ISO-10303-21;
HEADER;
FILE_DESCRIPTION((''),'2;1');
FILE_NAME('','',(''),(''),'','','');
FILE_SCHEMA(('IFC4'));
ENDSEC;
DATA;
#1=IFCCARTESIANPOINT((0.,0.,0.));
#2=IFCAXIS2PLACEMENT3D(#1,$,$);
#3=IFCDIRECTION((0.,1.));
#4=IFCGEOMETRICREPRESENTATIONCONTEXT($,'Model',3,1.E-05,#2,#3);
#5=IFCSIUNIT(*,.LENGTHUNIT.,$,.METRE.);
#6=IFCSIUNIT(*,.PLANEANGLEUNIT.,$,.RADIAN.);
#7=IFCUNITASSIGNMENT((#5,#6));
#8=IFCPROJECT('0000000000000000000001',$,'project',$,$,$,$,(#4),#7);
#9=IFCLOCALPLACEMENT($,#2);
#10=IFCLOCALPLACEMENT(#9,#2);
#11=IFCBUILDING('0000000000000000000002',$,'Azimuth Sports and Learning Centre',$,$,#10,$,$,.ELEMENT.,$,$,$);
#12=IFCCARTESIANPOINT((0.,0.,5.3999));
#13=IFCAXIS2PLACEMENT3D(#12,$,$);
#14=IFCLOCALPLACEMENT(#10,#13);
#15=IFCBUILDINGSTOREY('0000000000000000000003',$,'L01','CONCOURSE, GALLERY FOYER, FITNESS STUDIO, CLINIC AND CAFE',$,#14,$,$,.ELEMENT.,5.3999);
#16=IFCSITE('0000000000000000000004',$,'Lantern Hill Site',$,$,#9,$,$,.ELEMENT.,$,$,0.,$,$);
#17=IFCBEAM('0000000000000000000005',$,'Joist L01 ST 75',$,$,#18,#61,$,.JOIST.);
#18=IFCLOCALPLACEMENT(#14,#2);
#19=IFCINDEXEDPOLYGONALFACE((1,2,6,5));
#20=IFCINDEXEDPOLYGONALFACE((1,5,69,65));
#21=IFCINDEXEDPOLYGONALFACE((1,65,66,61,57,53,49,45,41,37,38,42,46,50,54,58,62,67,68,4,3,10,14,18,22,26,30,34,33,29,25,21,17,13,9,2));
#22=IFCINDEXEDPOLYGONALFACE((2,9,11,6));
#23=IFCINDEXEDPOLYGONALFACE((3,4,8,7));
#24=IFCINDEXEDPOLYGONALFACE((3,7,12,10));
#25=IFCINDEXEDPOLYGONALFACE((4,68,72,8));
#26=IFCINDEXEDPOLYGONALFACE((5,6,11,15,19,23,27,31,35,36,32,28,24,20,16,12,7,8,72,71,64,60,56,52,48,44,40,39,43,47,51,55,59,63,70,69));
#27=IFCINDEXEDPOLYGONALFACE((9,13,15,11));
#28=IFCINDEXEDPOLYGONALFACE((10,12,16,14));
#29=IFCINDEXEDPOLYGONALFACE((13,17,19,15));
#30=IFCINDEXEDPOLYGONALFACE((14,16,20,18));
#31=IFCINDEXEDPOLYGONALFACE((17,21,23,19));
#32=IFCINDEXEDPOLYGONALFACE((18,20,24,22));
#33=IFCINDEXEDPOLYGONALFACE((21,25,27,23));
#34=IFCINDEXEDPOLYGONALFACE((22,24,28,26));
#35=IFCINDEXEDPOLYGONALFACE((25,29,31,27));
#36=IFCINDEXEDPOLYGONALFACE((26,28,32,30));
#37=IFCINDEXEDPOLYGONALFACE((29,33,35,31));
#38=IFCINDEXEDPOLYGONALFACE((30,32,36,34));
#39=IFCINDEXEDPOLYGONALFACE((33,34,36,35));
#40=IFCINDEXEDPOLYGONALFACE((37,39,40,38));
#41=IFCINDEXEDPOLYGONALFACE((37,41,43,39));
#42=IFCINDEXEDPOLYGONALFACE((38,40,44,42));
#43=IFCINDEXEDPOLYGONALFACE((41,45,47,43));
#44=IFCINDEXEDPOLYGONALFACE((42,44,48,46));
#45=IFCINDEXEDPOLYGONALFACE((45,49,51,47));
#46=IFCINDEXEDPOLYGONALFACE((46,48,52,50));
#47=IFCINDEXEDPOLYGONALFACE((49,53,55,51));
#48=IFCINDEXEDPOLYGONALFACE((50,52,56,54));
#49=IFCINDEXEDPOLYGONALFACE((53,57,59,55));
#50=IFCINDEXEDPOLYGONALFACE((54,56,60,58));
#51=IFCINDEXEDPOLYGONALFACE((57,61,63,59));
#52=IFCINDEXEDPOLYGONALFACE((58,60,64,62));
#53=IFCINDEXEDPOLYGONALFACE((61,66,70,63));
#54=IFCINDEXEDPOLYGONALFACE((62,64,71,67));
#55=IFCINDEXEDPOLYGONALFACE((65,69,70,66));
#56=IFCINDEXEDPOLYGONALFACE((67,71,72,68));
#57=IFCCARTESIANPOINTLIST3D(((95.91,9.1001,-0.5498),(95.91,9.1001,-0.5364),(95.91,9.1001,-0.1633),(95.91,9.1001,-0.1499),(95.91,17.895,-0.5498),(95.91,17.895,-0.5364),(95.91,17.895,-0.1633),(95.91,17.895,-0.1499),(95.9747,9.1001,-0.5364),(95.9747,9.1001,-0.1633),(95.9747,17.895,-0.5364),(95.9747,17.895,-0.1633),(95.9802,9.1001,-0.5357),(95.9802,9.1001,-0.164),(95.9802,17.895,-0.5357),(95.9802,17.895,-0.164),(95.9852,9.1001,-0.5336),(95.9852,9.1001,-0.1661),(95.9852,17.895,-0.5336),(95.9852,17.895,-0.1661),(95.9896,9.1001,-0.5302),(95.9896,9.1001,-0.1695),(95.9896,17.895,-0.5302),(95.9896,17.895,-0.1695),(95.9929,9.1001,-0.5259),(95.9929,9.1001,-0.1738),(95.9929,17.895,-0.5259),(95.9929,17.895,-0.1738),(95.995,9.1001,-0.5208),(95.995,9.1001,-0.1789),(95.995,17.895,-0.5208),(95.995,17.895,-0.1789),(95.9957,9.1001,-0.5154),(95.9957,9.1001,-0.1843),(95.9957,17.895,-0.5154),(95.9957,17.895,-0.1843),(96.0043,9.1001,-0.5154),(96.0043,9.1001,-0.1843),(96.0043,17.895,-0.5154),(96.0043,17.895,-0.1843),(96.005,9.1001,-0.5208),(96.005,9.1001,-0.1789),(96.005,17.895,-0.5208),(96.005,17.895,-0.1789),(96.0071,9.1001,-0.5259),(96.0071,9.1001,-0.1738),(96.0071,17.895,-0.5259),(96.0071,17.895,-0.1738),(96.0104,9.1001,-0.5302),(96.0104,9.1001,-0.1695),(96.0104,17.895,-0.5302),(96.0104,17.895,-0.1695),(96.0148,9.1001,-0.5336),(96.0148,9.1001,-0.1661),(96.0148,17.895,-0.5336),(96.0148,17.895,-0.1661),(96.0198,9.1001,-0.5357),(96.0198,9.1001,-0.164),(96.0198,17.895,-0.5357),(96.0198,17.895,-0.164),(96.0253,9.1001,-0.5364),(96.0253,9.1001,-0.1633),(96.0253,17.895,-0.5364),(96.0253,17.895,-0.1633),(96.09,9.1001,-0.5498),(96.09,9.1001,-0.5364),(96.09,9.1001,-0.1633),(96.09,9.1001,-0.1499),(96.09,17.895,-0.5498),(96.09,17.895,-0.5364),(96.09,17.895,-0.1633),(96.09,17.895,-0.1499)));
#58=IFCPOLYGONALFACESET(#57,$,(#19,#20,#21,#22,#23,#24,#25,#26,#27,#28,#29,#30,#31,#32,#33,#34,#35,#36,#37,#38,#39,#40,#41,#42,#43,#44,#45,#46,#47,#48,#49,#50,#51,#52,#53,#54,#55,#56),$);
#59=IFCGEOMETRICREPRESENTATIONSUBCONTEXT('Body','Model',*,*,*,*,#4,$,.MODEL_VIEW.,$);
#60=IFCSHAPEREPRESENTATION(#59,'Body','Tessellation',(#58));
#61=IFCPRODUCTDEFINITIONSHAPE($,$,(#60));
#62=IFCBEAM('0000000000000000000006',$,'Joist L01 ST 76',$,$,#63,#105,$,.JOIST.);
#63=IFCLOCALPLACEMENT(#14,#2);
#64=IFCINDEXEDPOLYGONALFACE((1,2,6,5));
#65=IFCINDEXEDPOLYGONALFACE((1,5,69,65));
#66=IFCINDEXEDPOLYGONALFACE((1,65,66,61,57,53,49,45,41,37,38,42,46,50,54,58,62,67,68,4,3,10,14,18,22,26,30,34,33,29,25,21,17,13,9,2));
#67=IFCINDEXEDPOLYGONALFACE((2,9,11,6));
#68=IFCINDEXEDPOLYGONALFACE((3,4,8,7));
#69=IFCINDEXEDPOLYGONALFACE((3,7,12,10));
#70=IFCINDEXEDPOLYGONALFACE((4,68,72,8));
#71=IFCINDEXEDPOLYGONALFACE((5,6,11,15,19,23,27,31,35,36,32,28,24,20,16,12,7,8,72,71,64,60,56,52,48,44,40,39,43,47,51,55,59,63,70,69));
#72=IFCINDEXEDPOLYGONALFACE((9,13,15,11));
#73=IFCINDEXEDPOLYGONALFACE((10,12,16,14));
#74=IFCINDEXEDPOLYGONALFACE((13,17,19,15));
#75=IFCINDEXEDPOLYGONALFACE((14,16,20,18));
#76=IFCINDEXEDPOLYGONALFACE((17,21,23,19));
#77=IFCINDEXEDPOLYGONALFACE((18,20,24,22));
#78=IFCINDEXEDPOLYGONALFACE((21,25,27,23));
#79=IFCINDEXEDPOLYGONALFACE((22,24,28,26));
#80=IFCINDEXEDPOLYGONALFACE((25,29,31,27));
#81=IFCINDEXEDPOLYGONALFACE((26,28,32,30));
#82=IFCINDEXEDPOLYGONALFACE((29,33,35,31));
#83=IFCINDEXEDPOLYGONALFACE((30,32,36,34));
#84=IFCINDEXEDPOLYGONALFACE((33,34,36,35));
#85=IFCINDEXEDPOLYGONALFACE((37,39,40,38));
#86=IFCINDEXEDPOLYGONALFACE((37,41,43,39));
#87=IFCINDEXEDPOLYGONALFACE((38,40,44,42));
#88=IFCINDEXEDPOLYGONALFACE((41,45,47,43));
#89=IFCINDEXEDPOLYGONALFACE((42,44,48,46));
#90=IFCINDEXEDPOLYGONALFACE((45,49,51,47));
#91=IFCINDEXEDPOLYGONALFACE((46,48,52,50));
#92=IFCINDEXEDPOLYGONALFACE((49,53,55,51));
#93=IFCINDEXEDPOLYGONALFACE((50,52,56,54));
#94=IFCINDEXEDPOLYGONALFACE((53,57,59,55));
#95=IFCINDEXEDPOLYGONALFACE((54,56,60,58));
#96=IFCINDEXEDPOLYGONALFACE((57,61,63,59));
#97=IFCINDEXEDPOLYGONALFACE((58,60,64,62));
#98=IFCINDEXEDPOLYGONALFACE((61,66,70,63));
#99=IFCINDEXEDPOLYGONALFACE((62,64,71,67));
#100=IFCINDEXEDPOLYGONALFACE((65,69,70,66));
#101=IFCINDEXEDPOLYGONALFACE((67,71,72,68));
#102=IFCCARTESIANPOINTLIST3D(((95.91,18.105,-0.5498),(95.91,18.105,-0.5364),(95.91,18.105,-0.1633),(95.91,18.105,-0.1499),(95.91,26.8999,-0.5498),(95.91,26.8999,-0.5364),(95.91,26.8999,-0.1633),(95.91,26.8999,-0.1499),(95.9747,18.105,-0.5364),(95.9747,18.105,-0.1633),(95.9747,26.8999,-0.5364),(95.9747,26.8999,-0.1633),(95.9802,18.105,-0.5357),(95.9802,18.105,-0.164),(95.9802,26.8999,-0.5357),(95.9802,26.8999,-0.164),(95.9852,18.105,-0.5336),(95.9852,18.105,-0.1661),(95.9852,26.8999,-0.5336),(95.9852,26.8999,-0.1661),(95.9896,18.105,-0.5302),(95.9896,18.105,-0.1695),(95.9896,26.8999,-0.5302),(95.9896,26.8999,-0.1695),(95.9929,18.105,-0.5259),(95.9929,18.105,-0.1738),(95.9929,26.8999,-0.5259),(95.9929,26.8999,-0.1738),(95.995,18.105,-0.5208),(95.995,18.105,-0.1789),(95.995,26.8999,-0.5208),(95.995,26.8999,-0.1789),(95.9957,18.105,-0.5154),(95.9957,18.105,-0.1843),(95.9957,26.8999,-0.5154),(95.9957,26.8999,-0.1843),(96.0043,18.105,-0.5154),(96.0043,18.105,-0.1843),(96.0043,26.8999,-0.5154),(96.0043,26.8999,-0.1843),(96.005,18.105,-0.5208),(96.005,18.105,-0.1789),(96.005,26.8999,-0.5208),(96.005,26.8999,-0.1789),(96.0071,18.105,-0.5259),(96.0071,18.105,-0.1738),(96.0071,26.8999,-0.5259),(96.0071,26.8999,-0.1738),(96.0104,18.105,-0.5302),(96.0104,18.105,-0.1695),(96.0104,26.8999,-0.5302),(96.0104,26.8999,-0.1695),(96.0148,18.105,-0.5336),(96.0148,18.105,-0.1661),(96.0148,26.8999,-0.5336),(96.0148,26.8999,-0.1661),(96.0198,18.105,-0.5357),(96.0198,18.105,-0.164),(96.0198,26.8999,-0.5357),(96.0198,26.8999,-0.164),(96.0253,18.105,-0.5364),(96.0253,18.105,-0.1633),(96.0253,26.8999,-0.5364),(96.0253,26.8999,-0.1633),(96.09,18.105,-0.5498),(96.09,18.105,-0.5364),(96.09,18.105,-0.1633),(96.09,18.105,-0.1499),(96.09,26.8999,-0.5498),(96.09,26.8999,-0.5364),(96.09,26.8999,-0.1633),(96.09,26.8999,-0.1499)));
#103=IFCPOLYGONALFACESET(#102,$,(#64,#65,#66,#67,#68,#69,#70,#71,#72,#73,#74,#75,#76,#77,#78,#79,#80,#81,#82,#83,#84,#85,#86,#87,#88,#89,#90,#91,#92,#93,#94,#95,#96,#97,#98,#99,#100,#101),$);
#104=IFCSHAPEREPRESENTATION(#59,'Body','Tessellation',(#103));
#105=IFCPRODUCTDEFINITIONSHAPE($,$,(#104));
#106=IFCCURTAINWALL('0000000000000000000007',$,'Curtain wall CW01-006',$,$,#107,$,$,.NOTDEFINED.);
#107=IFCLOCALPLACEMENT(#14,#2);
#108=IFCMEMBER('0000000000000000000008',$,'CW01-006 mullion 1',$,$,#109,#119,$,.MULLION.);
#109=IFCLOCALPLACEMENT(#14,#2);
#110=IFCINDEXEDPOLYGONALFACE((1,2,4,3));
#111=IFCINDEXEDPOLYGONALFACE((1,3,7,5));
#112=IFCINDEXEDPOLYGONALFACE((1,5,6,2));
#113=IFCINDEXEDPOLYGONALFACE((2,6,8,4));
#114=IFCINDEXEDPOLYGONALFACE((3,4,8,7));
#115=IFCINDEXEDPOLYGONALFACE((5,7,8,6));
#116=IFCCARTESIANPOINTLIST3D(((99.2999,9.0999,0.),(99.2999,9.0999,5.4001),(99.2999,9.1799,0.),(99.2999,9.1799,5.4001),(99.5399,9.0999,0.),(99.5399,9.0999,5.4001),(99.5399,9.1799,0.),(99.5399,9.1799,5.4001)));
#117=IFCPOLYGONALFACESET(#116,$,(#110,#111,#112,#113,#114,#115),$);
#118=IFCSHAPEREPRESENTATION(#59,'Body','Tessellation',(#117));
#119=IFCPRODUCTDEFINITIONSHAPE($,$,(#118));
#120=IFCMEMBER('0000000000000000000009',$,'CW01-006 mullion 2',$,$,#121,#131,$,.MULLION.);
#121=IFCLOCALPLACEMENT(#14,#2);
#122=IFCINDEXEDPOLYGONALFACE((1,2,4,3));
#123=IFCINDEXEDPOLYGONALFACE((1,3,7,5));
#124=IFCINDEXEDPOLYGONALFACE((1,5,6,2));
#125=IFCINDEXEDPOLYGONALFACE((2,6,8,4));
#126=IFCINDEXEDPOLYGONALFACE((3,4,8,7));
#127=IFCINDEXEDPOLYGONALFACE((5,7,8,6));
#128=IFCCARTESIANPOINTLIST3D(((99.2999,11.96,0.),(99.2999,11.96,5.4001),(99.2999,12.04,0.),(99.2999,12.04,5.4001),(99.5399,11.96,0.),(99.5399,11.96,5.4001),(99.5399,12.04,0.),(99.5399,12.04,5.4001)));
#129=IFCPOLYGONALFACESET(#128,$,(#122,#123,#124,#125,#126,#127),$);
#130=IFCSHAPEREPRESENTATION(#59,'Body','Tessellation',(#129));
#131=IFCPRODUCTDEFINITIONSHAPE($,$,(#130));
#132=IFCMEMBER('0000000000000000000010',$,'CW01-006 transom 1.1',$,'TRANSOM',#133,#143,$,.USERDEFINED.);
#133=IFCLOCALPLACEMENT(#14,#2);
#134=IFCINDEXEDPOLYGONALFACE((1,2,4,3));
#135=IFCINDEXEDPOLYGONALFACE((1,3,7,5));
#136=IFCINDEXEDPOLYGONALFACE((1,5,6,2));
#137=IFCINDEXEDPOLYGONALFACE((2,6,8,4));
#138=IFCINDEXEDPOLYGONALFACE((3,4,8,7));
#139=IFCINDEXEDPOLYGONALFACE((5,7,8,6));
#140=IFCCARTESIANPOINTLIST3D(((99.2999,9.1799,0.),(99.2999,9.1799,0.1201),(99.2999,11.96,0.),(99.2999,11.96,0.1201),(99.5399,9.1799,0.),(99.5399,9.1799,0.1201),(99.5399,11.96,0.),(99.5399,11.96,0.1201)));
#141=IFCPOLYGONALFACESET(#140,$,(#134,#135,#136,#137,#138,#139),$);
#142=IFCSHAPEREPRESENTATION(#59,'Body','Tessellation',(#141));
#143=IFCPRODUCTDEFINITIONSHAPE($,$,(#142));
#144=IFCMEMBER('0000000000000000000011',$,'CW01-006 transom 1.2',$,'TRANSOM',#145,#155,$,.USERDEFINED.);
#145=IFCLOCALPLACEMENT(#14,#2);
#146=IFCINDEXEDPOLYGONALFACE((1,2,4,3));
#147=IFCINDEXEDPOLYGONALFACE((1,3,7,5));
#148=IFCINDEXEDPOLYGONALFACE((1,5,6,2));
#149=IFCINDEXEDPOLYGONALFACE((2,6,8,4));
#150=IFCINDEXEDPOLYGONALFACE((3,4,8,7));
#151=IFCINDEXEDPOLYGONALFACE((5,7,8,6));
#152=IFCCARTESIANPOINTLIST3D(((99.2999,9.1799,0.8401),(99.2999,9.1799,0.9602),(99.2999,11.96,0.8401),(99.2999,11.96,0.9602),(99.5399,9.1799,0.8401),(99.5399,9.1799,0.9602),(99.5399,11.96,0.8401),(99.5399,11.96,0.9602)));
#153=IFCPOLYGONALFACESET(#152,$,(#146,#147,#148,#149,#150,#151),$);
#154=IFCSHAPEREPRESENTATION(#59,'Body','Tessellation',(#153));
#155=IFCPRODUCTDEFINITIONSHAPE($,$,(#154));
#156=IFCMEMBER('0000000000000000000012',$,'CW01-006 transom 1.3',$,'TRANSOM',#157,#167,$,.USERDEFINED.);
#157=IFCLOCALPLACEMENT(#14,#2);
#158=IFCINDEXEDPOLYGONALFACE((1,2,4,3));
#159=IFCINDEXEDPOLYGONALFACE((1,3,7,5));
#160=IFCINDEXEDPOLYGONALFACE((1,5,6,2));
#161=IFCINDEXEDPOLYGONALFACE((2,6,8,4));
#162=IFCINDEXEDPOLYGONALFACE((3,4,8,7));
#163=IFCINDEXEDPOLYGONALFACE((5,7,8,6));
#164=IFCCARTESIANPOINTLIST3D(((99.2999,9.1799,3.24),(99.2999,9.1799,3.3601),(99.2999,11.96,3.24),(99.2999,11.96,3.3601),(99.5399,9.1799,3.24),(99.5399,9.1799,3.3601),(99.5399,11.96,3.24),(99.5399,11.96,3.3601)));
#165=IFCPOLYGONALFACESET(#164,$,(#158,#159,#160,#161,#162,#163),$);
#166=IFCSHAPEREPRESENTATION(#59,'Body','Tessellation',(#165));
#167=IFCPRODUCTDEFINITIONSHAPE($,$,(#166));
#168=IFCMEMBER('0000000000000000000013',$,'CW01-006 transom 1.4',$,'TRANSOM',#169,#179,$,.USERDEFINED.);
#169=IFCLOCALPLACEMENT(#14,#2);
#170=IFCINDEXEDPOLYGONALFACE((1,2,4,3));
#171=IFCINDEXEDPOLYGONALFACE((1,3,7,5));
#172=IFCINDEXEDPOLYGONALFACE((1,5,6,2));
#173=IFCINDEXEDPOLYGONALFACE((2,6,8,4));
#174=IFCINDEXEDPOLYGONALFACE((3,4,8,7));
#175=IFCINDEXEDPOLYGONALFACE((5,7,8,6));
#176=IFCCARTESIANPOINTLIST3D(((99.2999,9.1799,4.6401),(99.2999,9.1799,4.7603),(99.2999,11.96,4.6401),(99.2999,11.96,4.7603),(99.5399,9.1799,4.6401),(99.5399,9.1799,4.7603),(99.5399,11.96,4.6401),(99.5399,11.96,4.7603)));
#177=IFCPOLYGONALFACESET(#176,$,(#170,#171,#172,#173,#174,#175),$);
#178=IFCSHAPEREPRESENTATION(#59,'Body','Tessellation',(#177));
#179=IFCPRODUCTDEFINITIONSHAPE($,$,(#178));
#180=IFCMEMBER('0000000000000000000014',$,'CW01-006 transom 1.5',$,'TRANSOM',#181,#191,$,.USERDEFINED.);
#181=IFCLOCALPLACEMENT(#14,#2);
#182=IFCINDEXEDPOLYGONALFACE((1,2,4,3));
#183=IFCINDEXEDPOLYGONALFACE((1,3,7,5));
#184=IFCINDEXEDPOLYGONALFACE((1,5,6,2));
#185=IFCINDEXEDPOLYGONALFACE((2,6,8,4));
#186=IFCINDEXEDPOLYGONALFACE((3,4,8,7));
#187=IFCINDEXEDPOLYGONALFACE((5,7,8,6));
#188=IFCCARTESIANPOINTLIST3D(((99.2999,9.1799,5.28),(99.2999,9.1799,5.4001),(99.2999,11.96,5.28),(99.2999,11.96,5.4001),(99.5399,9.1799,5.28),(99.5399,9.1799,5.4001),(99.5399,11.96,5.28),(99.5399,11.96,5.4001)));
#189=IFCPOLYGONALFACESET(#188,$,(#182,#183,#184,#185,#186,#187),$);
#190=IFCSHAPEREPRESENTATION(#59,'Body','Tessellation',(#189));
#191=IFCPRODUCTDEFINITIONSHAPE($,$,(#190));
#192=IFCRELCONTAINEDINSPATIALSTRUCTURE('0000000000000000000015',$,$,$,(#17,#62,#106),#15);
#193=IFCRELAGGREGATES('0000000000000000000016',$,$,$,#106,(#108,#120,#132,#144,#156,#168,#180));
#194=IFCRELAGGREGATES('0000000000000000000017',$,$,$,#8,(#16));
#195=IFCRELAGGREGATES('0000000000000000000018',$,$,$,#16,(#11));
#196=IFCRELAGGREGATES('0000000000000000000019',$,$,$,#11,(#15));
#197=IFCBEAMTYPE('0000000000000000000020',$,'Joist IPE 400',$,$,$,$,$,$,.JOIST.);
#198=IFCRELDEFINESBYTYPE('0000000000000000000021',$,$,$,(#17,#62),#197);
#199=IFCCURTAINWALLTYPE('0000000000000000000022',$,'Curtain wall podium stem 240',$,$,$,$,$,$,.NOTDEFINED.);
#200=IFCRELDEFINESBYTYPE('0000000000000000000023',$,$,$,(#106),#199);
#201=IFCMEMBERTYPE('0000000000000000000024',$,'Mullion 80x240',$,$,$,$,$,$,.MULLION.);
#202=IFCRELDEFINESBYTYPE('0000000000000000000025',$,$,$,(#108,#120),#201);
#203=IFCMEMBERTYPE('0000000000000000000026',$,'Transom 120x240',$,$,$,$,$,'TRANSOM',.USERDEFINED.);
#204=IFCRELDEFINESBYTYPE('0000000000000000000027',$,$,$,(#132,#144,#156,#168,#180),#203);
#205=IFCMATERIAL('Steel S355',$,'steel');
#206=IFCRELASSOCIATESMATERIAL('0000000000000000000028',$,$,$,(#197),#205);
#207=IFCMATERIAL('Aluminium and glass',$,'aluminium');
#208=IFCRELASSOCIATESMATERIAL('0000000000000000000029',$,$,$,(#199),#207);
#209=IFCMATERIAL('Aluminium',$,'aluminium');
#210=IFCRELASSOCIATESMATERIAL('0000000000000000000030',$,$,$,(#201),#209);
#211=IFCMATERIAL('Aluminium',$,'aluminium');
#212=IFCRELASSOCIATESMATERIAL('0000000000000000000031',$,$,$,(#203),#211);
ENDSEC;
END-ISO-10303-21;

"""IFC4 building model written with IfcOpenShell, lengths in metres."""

from ifc_helpers import new_model, si_unit, direction, frame, origin, origin_2d, place, context, subcontext, project, spatial, rectangle, i_section, extrude, material, material_profile, profile_set, type_object, element, aggregate, save


model = new_model("IFC4")

# Units and contexts
model_context = context("Model", 3, precision=1e-05, world=origin(), true_north=direction((0.0, 1.0)))
body_context = subcontext(model_context, "Body", "Model", "MODEL_VIEW")
ifc_project = project(units=[si_unit("LENGTHUNIT", "METRE"), si_unit("PLANEANGLEUNIT", "RADIAN")], contexts=[model_context])

# Site, building, storey
site_placement = place(None, origin())
site = spatial("IfcSite", under=ifc_project, at=site_placement, Name="Lantern Hill Site", CompositionType="ELEMENT", RefElevation=0.0)
building_placement = place(site_placement, origin())
building = spatial("IfcBuilding", under=site, at=building_placement, Name="Azimuth Sports and Learning Centre", CompositionType="ELEMENT")
storey_placement = place(building_placement, frame((0.0, 0.0, 5.3999)))
storey = spatial("IfcBuildingStorey", under=building, at=storey_placement, Name="L01", Description="CONCOURSE, GALLERY FOYER, FITNESS STUDIO, CLINIC AND CAFE", CompositionType="ELEMENT", Elevation=5.3999)

# Beams
ifc_material_1 = material(Name="Steel S355", Category="steel")
ifc_material_profile_1 = material_profile(ifc_material_1, i_section(OverallWidth=0.1799, OverallDepth=0.3999, WebThickness=0.0085, FlangeThickness=0.0134, FilletRadius=0.021, at=origin_2d()), Name="IPE 400")
ifc_profile_set_1 = profile_set([ifc_material_profile_1], Name="Steel S355")
beam_type_1 = type_object("IfcBeamType", Name="Joist IPE 400", PredefinedType="JOIST", material=ifc_profile_set_1)
for number, where, z_axis, x_axis, name in (
    (1, (96.0, 9.1001, -0.3499), (0.0, 1.0, 0.0), (-1.0, 0.0, 0.0), "Joist L01 ST 75"),
    (2, (96.0, 18.105, -0.3499), (0.0, 1.0, 0.0), (-1.0, 0.0, 0.0), "Joist L01 ST 76"),
):
    element("IfcBeam", number, at=place(storey_placement, frame(where, z_axis=z_axis, x_axis=x_axis)), inside=storey, type_object=beam_type_1, Name=name, PredefinedType="JOIST", context=body_context, shape_type="SweptSolid", body=[
        extrude(i_section(OverallWidth=0.1799, OverallDepth=0.3999, WebThickness=0.0085, FlangeThickness=0.0134, FilletRadius=0.021, at=origin_2d()), origin(), (0.0, 0.0, 1.0), 8.7949),
    ])

# Curtain wall, members
ifc_material_2 = material(Name="Aluminium and glass", Category="aluminium")
curtain_wall_type = type_object("IfcCurtainWallType", Name="Curtain wall podium stem 240", PredefinedType="NOTDEFINED", material=ifc_material_2)
curtain_wall_placement = place(storey_placement, origin())
curtain_wall = element("IfcCurtainWall", 3, at=curtain_wall_placement, inside=storey, type_object=curtain_wall_type, Name="Curtain wall CW01-006", PredefinedType="NOTDEFINED")
ifc_material_3 = material(Name="Aluminium", Category="aluminium")
ifc_material_profile_2 = material_profile(ifc_material_3, rectangle(XDim=0.24, YDim=0.0801, at=origin_2d()), Name="Mullion 80x240")
ifc_profile_set_2 = profile_set([ifc_material_profile_2], Name="Aluminium")
member_type_1 = type_object("IfcMemberType", Name="Mullion 80x240", PredefinedType="MULLION", material=ifc_profile_set_2)
member_1_placement = place(storey_placement, frame((99.4199, 9.1399, 0.0), z_axis=(0.0, 0.0, 1.0), x_axis=(-1.0, 0.0, 0.0)))
member_1 = element("IfcMember", 4, at=member_1_placement, type_object=member_type_1, Name="CW01-006 mullion 1", PredefinedType="MULLION", context=body_context, shape_type="SweptSolid", body=[
    extrude(rectangle(XDim=0.24, YDim=0.0801, at=origin_2d()), origin(), (0.0, 0.0, 1.0), 5.4001),
])
member_2_placement = place(storey_placement, frame((99.4199, 12.0, 0.0), z_axis=(0.0, 0.0, 1.0), x_axis=(-1.0, 0.0, 0.0)))
member_2 = element("IfcMember", 5, at=member_2_placement, type_object=member_type_1, Name="CW01-006 mullion 2", PredefinedType="MULLION", context=body_context, shape_type="SweptSolid", body=[
    extrude(rectangle(XDim=0.24, YDim=0.0801, at=origin_2d()), origin(), (0.0, 0.0, 1.0), 5.4001),
])
ifc_material_4 = material(Name="Aluminium", Category="aluminium")
ifc_material_profile_3 = material_profile(ifc_material_4, rectangle(XDim=0.24, YDim=0.1201, at=origin_2d()), Name="Transom 120x240")
ifc_profile_set_3 = profile_set([ifc_material_profile_3], Name="Aluminium")
member_type_2 = type_object("IfcMemberType", Name="Transom 120x240", ElementType="TRANSOM", PredefinedType="USERDEFINED", material=ifc_profile_set_3)
member_3_placement = place(storey_placement, frame((99.4199, 9.1799, 0.0601), z_axis=(0.0, 1.0, 0.0), x_axis=(-1.0, 0.0, 0.0)))
member_3 = element("IfcMember", 6, at=member_3_placement, type_object=member_type_2, Name="CW01-006 transom 1.1", ObjectType="TRANSOM", PredefinedType="USERDEFINED", context=body_context, shape_type="SweptSolid", body=[
    extrude(rectangle(XDim=0.24, YDim=0.1201, at=origin_2d()), origin(), (0.0, 0.0, 1.0), 2.78),
])
member_4_placement = place(storey_placement, frame((99.4199, 9.1799, 0.9001), z_axis=(0.0, 1.0, 0.0), x_axis=(-1.0, 0.0, 0.0)))
member_4 = element("IfcMember", 7, at=member_4_placement, type_object=member_type_2, Name="CW01-006 transom 1.2", ObjectType="TRANSOM", PredefinedType="USERDEFINED", context=body_context, shape_type="SweptSolid", body=[
    extrude(rectangle(XDim=0.24, YDim=0.1201, at=origin_2d()), origin(), (0.0, 0.0, 1.0), 2.78),
])
member_5_placement = place(storey_placement, frame((99.4199, 9.1799, 3.3), z_axis=(0.0, 1.0, 0.0), x_axis=(-1.0, 0.0, 0.0)))
member_5 = element("IfcMember", 8, at=member_5_placement, type_object=member_type_2, Name="CW01-006 transom 1.3", ObjectType="TRANSOM", PredefinedType="USERDEFINED", context=body_context, shape_type="SweptSolid", body=[
    extrude(rectangle(XDim=0.24, YDim=0.1201, at=origin_2d()), origin(), (0.0, 0.0, 1.0), 2.78),
])
member_6_placement = place(storey_placement, frame((99.4199, 9.1799, 4.7002), z_axis=(0.0, 1.0, 0.0), x_axis=(-1.0, 0.0, 0.0)))
member_6 = element("IfcMember", 9, at=member_6_placement, type_object=member_type_2, Name="CW01-006 transom 1.4", ObjectType="TRANSOM", PredefinedType="USERDEFINED", context=body_context, shape_type="SweptSolid", body=[
    extrude(rectangle(XDim=0.24, YDim=0.1201, at=origin_2d()), origin(), (0.0, 0.0, 1.0), 2.78),
])
member_7_placement = place(storey_placement, frame((99.4199, 9.1799, 5.3401), z_axis=(0.0, 1.0, 0.0), x_axis=(-1.0, 0.0, 0.0)))
member_7 = element("IfcMember", 10, at=member_7_placement, type_object=member_type_2, Name="CW01-006 transom 1.5", ObjectType="TRANSOM", PredefinedType="USERDEFINED", context=body_context, shape_type="SweptSolid", body=[
    extrude(rectangle(XDim=0.24, YDim=0.1201, at=origin_2d()), origin(), (0.0, 0.0, 1.0), 2.78),
])
aggregate(curtain_wall, [member_1, member_2, member_3, member_4, member_5, member_6, member_7])

save(model, "model.ifc")
